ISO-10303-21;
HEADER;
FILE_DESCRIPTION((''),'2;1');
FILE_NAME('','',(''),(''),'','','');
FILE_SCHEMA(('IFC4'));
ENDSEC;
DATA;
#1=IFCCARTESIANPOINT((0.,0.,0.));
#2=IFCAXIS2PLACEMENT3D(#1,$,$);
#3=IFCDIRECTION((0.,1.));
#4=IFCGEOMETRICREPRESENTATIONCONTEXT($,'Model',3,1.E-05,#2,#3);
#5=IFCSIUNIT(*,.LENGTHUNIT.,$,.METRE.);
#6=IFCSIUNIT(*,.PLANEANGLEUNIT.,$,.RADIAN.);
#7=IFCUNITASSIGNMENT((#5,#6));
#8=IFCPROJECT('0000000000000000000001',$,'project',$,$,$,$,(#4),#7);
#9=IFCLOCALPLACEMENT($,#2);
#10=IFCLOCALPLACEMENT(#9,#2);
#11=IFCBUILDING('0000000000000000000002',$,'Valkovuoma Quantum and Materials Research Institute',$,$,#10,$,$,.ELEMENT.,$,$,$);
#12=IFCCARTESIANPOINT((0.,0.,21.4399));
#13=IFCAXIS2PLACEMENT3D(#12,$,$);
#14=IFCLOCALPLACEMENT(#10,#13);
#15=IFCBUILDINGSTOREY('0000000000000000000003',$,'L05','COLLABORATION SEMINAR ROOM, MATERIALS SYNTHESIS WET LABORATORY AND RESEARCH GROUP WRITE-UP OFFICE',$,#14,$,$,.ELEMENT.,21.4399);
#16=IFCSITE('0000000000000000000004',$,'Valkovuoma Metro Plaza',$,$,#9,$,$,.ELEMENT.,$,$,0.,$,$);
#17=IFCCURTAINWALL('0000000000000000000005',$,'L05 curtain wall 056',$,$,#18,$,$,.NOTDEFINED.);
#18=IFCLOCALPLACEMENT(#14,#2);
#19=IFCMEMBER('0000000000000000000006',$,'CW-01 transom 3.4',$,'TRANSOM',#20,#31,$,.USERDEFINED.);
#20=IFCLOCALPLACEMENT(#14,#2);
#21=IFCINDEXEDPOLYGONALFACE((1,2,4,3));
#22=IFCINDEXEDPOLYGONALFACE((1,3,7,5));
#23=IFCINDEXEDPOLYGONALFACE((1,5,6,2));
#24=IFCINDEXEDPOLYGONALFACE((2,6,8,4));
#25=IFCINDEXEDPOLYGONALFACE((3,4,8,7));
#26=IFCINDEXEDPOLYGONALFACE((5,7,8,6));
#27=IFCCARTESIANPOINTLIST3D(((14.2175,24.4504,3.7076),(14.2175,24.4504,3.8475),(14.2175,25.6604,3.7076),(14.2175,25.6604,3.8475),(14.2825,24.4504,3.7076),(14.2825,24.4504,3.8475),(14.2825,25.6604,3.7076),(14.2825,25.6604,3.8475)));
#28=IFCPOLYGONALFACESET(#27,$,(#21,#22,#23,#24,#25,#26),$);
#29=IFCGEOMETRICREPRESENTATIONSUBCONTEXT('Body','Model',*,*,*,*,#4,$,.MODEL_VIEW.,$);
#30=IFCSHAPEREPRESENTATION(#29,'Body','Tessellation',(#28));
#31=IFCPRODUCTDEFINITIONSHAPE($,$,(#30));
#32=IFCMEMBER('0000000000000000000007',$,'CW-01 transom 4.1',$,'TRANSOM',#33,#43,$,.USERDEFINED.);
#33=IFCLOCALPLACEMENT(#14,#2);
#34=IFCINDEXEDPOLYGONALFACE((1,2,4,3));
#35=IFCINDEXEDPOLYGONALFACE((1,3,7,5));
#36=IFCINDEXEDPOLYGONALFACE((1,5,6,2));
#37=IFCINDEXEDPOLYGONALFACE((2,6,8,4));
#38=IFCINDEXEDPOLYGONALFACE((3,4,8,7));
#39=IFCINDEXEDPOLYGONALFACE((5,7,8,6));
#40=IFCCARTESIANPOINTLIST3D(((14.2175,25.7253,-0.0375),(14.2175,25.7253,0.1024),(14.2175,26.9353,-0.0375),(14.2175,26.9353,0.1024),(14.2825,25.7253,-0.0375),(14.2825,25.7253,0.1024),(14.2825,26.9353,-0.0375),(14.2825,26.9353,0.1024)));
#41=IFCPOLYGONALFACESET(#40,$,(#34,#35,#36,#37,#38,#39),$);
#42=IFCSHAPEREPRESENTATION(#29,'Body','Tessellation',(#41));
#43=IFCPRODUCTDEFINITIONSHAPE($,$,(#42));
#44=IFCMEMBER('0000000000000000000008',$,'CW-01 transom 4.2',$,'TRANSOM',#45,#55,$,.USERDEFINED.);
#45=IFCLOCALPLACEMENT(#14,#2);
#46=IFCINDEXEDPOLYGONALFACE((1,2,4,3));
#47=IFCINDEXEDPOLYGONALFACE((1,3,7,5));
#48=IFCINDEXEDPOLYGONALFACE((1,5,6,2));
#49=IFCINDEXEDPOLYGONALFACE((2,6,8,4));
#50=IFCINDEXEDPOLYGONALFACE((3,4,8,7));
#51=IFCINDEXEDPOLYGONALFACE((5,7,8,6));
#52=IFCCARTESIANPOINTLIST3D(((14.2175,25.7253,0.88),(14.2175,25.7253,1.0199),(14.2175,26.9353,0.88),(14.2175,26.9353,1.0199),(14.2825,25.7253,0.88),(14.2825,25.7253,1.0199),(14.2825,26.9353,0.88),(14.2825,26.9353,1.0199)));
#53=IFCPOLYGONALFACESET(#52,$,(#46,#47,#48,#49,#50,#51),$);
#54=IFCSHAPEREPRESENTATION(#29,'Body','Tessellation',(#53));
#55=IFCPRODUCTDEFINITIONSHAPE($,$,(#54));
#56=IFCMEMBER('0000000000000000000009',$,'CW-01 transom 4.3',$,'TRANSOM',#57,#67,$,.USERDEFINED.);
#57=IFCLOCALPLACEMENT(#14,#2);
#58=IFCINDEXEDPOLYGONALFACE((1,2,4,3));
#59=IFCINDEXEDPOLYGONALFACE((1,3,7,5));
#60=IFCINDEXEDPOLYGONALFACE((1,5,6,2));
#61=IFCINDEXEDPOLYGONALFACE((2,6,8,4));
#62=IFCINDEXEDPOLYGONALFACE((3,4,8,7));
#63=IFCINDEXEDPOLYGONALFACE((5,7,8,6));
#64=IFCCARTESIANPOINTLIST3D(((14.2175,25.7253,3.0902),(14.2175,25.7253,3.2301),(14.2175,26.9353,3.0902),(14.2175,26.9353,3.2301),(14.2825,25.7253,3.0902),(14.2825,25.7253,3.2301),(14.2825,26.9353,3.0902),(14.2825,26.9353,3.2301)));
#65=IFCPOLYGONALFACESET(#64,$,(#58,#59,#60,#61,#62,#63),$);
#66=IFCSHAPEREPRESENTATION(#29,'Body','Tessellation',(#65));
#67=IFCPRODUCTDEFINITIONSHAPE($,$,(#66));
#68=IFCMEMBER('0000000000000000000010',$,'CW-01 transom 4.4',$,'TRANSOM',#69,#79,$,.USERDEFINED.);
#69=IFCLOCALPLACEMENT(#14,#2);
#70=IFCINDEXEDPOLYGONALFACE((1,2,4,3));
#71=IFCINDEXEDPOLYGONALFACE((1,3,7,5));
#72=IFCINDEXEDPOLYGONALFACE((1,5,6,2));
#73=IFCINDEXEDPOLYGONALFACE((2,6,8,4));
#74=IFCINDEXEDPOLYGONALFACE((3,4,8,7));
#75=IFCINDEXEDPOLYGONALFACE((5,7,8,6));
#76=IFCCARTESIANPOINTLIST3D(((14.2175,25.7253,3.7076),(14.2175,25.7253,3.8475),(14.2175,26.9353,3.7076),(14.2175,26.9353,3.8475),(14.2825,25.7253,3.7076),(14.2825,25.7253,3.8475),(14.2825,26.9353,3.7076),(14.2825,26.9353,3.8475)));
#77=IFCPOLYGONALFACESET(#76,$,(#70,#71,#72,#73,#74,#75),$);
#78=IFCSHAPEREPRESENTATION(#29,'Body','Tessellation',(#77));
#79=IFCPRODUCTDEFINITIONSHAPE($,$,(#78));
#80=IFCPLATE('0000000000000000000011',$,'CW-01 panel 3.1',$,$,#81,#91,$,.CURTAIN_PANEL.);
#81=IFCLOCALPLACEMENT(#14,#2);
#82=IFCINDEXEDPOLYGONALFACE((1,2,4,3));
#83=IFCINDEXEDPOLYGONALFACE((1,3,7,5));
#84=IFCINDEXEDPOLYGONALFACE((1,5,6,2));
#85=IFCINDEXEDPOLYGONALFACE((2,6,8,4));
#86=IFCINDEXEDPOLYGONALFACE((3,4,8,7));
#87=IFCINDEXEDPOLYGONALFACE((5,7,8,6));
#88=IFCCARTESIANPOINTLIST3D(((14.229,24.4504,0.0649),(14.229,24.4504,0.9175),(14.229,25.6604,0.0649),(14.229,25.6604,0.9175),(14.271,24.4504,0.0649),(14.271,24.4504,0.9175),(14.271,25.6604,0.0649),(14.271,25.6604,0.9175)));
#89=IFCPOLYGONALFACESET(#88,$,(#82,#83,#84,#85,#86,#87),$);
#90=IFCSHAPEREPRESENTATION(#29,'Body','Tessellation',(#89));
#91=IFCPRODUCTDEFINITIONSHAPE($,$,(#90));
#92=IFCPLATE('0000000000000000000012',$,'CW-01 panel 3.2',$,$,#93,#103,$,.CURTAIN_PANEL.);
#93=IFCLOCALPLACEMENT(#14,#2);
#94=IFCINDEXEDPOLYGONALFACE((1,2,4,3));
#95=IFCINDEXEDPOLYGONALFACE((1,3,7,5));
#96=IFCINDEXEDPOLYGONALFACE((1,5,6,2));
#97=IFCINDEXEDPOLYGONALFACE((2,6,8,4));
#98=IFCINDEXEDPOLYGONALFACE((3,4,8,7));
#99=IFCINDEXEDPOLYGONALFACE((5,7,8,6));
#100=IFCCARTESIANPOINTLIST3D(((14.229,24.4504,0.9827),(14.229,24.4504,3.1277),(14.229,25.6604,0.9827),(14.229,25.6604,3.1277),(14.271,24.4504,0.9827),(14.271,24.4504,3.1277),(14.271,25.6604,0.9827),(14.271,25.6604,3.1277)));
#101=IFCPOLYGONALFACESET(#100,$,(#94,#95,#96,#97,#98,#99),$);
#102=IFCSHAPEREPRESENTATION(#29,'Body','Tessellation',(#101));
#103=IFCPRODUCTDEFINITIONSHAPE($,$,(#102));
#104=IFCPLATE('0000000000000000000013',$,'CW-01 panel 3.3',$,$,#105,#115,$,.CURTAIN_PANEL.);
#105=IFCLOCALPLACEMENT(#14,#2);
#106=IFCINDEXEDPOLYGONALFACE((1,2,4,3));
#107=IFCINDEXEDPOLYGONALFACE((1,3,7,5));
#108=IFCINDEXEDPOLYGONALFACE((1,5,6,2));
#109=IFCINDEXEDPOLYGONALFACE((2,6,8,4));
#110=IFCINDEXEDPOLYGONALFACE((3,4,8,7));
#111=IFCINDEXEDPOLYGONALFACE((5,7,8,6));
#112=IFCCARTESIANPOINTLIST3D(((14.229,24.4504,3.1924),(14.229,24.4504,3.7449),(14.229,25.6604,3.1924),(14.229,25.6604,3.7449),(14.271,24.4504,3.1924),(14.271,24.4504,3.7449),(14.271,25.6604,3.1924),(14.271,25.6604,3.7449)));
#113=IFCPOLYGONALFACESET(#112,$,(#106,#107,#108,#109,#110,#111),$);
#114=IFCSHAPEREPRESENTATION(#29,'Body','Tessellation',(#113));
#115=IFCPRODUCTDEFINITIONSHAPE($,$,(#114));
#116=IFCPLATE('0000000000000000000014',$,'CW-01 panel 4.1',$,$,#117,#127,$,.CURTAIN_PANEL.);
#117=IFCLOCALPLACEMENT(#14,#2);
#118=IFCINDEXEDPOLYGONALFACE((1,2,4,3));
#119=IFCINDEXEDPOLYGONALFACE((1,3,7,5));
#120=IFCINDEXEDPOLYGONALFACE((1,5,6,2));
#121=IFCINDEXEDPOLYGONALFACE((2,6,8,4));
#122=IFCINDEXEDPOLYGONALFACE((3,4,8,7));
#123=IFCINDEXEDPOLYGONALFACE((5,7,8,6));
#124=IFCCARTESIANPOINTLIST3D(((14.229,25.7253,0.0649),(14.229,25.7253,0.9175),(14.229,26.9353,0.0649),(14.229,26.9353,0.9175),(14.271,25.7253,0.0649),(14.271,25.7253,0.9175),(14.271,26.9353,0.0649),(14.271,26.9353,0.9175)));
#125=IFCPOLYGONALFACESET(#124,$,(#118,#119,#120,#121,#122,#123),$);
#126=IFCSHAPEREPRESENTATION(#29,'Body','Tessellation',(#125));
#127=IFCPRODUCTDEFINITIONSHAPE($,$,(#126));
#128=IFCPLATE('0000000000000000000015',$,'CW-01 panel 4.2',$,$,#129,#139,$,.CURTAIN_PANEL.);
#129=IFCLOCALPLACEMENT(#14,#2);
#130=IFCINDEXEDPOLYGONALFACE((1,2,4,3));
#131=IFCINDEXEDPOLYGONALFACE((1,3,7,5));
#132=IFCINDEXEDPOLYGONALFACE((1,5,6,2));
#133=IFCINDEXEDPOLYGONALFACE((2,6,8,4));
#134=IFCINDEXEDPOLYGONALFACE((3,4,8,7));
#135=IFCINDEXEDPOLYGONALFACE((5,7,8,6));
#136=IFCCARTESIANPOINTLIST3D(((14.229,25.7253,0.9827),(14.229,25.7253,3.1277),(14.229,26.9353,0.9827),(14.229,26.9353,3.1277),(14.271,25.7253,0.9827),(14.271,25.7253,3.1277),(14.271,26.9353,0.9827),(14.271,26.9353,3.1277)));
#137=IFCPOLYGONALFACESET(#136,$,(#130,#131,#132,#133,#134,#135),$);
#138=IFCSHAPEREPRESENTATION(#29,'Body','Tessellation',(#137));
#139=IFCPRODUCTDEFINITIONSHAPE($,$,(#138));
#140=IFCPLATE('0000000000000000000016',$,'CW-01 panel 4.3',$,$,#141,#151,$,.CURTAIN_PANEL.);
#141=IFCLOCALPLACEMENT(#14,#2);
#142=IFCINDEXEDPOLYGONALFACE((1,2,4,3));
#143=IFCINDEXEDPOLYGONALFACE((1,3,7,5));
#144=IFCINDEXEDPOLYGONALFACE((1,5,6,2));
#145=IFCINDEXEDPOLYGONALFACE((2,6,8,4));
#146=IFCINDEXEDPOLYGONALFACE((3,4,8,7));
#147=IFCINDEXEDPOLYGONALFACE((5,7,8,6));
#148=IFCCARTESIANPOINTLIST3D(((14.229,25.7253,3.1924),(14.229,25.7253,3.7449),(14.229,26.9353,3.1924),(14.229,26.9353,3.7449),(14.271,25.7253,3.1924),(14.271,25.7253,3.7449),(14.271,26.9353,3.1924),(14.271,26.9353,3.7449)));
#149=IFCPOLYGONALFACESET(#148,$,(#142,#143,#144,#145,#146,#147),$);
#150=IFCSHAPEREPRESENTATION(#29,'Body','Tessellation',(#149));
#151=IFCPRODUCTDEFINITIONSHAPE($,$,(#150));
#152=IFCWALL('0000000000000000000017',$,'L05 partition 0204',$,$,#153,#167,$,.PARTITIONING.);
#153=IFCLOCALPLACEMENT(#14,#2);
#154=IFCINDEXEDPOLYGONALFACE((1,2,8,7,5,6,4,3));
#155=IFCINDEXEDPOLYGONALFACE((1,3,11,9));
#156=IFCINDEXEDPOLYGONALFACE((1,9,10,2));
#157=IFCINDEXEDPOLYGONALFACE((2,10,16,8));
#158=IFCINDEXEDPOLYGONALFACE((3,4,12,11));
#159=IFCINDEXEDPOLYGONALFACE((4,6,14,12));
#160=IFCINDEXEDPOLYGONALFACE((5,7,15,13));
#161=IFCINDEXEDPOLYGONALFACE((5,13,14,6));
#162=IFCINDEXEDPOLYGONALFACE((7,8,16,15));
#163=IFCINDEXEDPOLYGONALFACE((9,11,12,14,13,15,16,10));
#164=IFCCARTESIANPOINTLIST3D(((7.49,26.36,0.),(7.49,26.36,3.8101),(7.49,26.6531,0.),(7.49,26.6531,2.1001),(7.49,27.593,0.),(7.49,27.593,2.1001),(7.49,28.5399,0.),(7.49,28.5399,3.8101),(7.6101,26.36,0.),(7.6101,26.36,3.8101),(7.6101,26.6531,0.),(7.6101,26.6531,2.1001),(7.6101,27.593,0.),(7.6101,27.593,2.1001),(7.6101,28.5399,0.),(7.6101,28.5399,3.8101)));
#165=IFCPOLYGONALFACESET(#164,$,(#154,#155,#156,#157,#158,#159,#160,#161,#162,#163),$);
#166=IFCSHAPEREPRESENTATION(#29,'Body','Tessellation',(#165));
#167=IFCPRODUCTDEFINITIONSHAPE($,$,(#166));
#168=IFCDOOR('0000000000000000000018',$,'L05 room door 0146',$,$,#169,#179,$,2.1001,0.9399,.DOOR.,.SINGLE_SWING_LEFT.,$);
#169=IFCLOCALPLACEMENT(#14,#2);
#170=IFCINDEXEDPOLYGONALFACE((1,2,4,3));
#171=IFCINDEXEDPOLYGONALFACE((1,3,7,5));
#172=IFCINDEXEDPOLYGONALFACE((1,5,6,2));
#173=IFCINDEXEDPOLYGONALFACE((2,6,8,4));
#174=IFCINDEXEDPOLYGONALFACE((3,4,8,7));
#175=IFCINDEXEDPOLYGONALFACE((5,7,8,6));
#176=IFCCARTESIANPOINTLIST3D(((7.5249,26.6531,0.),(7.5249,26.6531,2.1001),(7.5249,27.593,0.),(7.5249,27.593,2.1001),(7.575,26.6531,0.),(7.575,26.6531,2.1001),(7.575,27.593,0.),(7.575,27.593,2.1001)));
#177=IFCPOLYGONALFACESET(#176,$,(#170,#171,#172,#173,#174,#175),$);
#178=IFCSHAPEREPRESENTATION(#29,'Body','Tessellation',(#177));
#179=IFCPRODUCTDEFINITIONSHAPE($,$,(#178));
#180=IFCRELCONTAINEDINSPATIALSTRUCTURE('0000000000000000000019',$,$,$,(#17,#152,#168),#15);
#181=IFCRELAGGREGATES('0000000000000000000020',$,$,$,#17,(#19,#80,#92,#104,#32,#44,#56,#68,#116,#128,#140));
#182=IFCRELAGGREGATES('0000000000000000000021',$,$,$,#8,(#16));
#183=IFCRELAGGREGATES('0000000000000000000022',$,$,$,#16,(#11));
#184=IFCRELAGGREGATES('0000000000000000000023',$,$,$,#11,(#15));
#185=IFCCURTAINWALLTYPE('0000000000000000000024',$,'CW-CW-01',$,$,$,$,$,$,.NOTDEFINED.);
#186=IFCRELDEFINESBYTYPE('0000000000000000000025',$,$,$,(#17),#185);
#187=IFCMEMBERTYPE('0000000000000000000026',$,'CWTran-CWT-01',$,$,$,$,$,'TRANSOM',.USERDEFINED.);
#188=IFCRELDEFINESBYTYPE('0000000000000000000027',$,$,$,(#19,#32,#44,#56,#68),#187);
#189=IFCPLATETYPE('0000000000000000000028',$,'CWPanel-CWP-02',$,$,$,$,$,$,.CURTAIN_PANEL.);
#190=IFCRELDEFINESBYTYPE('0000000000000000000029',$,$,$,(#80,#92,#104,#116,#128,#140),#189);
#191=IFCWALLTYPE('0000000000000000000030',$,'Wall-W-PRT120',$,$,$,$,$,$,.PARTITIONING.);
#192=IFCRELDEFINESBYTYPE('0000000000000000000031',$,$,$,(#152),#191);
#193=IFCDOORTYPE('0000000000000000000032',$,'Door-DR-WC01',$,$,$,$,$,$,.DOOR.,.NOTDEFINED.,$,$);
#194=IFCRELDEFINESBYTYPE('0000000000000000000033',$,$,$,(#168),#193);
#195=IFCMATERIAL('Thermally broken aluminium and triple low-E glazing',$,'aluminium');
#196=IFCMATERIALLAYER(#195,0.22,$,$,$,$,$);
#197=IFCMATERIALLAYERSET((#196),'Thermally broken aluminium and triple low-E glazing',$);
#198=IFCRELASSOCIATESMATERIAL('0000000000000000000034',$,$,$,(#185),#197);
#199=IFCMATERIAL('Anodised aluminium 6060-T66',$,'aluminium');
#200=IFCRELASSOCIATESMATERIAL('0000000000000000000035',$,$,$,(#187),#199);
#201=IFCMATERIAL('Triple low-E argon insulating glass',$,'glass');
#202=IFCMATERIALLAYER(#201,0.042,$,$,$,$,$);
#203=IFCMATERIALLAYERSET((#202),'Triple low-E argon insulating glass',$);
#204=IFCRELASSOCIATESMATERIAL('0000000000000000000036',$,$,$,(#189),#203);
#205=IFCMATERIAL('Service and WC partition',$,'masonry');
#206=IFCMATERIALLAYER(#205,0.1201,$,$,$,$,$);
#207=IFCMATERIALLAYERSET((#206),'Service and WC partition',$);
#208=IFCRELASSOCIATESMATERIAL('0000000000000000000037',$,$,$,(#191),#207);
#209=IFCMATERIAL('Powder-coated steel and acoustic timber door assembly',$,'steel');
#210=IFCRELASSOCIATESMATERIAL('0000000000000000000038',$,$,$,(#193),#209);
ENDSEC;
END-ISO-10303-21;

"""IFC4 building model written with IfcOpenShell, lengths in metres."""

from ifc_helpers import new_model, si_unit, direction, frame, frame_2d, origin, origin_2d, place, context, subcontext, project, spatial, rectangle, extrude, material, layer, layer_set, material_profile, profile_set, type_object, element, fill, aggregate, save


model = new_model("IFC4")

# Units and contexts
model_context = context("Model", 3, precision=1e-05, world=origin(), true_north=direction((0.0, 1.0)))
body_context = subcontext(model_context, "Body", "Model", "MODEL_VIEW")
ifc_project = project(units=[si_unit("LENGTHUNIT", "METRE"), si_unit("PLANEANGLEUNIT", "RADIAN")], contexts=[model_context])

# Site, building, storey
site_placement = place(None, origin())
site = spatial("IfcSite", under=ifc_project, at=site_placement, Name="Valkovuoma Metro Plaza", CompositionType="ELEMENT", RefElevation=0.0)
building_placement = place(site_placement, origin())
building = spatial("IfcBuilding", under=site, at=building_placement, Name="Valkovuoma Quantum and Materials Research Institute", CompositionType="ELEMENT")
storey_placement = place(building_placement, frame((0.0, 0.0, 21.4399)))
storey = spatial("IfcBuildingStorey", under=building, at=storey_placement, Name="L05", Description="COLLABORATION SEMINAR ROOM, MATERIALS SYNTHESIS WET LABORATORY AND RESEARCH GROUP WRITE-UP OFFICE", CompositionType="ELEMENT", Elevation=21.4399)

# Curtain wall, members, plates
ifc_material_1 = material(Name="Thermally broken aluminium and triple low-E glazing", Category="aluminium")
ifc_layer_1 = layer(ifc_material_1, 0.22)
ifc_layer_set_1 = layer_set([ifc_layer_1], Name="Thermally broken aluminium and triple low-E glazing")
curtain_wall_type = type_object("IfcCurtainWallType", Name="CW-CW-01", PredefinedType="NOTDEFINED", material=ifc_layer_set_1)
curtain_wall_placement = place(storey_placement, origin())
curtain_wall = element("IfcCurtainWall", 1, at=curtain_wall_placement, inside=storey, type_object=curtain_wall_type, Name="L05 curtain wall 056", PredefinedType="NOTDEFINED")
ifc_material_2 = material(Name="Anodised aluminium 6060-T66", Category="aluminium")
ifc_material_profile_1 = material_profile(ifc_material_2, rectangle(XDim=0.0649, YDim=0.1399, at=origin_2d()), Name="Anodised aluminium 6060-T66")
ifc_profile_set_1 = profile_set([ifc_material_profile_1], Name="Anodised aluminium 6060-T66")
member_type_1 = type_object("IfcMemberType", Name="CWTran-CWT-01", ElementType="TRANSOM", PredefinedType="USERDEFINED", material=ifc_profile_set_1)
member_1_placement = place(storey_placement, frame((14.25, 24.4504, 3.7776), z_axis=(0.0, 1.0, 0.0), x_axis=(-1.0, 0.0, 0.0)))
member_1 = element("IfcMember", 2, at=member_1_placement, type_object=member_type_1, Name="CW-01 transom 3.4", ObjectType="TRANSOM", PredefinedType="USERDEFINED", context=body_context, shape_type="SweptSolid", body=[
    extrude(rectangle(XDim=0.0649, YDim=0.1399, at=origin_2d()), origin(), (0.0, 0.0, 1.0), 1.21),
])
member_2_placement = place(storey_placement, frame((14.25, 25.7253, 0.0325), z_axis=(0.0, 1.0, 0.0), x_axis=(-1.0, 0.0, 0.0)))
member_2 = element("IfcMember", 3, at=member_2_placement, type_object=member_type_1, Name="CW-01 transom 4.1", ObjectType="TRANSOM", PredefinedType="USERDEFINED", context=body_context, shape_type="SweptSolid", body=[
    extrude(rectangle(XDim=0.0649, YDim=0.1399, at=origin_2d()), origin(), (0.0, 0.0, 1.0), 1.21),
])
member_3_placement = place(storey_placement, frame((14.25, 25.7253, 0.95), z_axis=(0.0, 1.0, 0.0), x_axis=(-1.0, 0.0, 0.0)))
member_3 = element("IfcMember", 4, at=member_3_placement, type_object=member_type_1, Name="CW-01 transom 4.2", ObjectType="TRANSOM", PredefinedType="USERDEFINED", context=body_context, shape_type="SweptSolid", body=[
    extrude(rectangle(XDim=0.0649, YDim=0.1399, at=origin_2d()), origin(), (0.0, 0.0, 1.0), 1.21),
])
member_4_placement = place(storey_placement, frame((14.25, 25.7253, 3.1602), z_axis=(0.0, 1.0, 0.0), x_axis=(-1.0, 0.0, 0.0)))
member_4 = element("IfcMember", 5, at=member_4_placement, type_object=member_type_1, Name="CW-01 transom 4.3", ObjectType="TRANSOM", PredefinedType="USERDEFINED", context=body_context, shape_type="SweptSolid", body=[
    extrude(rectangle(XDim=0.0649, YDim=0.1399, at=origin_2d()), origin(), (0.0, 0.0, 1.0), 1.21),
])
member_5_placement = place(storey_placement, frame((14.25, 25.7253, 3.7776), z_axis=(0.0, 1.0, 0.0), x_axis=(-1.0, 0.0, 0.0)))
member_5 = element("IfcMember", 6, at=member_5_placement, type_object=member_type_1, Name="CW-01 transom 4.4", ObjectType="TRANSOM", PredefinedType="USERDEFINED", context=body_context, shape_type="SweptSolid", body=[
    extrude(rectangle(XDim=0.0649, YDim=0.1399, at=origin_2d()), origin(), (0.0, 0.0, 1.0), 1.21),
])
ifc_material_3 = material(Name="Triple low-E argon insulating glass", Category="glass")
ifc_layer_2 = layer(ifc_material_3, 0.042)
ifc_layer_set_2 = layer_set([ifc_layer_2], Name="Triple low-E argon insulating glass")
plate_type = type_object("IfcPlateType", Name="CWPanel-CWP-02", PredefinedType="CURTAIN_PANEL", material=ifc_layer_set_2)
plate_1_placement = place(storey_placement, frame((14.25, 25.0554, 0.0649), z_axis=(0.0, 0.0, 1.0), x_axis=(0.0, 1.0, 0.0)))
plate_1 = element("IfcPlate", 7, at=plate_1_placement, type_object=plate_type, Name="CW-01 panel 3.1", PredefinedType="CURTAIN_PANEL", context=body_context, shape_type="SweptSolid", body=[
    extrude(rectangle(XDim=1.21, YDim=0.042, at=origin_2d()), origin(), (0.0, 0.0, 1.0), 0.8525),
])
plate_2_placement = place(storey_placement, frame((14.25, 25.0554, 0.9827), z_axis=(0.0, 0.0, 1.0), x_axis=(0.0, 1.0, 0.0)))
plate_2 = element("IfcPlate", 8, at=plate_2_placement, type_object=plate_type, Name="CW-01 panel 3.2", PredefinedType="CURTAIN_PANEL", context=body_context, shape_type="SweptSolid", body=[
    extrude(rectangle(XDim=1.21, YDim=0.042, at=origin_2d()), origin(), (0.0, 0.0, 1.0), 2.145),
])
plate_3_placement = place(storey_placement, frame((14.25, 25.0554, 3.1924), z_axis=(0.0, 0.0, 1.0), x_axis=(0.0, 1.0, 0.0)))
plate_3 = element("IfcPlate", 9, at=plate_3_placement, type_object=plate_type, Name="CW-01 panel 3.3", PredefinedType="CURTAIN_PANEL", context=body_context, shape_type="SweptSolid", body=[
    extrude(rectangle(XDim=1.21, YDim=0.042, at=origin_2d()), origin(), (0.0, 0.0, 1.0), 0.5525),
])
plate_4_placement = place(storey_placement, frame((14.25, 26.3303, 0.0649), z_axis=(0.0, 0.0, 1.0), x_axis=(0.0, 1.0, 0.0)))
plate_4 = element("IfcPlate", 10, at=plate_4_placement, type_object=plate_type, Name="CW-01 panel 4.1", PredefinedType="CURTAIN_PANEL", context=body_context, shape_type="SweptSolid", body=[
    extrude(rectangle(XDim=1.21, YDim=0.042, at=origin_2d()), origin(), (0.0, 0.0, 1.0), 0.8525),
])
plate_5_placement = place(storey_placement, frame((14.25, 26.3303, 0.9827), z_axis=(0.0, 0.0, 1.0), x_axis=(0.0, 1.0, 0.0)))
plate_5 = element("IfcPlate", 11, at=plate_5_placement, type_object=plate_type, Name="CW-01 panel 4.2", PredefinedType="CURTAIN_PANEL", context=body_context, shape_type="SweptSolid", body=[
    extrude(rectangle(XDim=1.21, YDim=0.042, at=origin_2d()), origin(), (0.0, 0.0, 1.0), 2.145),
])
plate_6_placement = place(storey_placement, frame((14.25, 26.3303, 3.1924), z_axis=(0.0, 0.0, 1.0), x_axis=(0.0, 1.0, 0.0)))
plate_6 = element("IfcPlate", 12, at=plate_6_placement, type_object=plate_type, Name="CW-01 panel 4.3", PredefinedType="CURTAIN_PANEL", context=body_context, shape_type="SweptSolid", body=[
    extrude(rectangle(XDim=1.21, YDim=0.042, at=origin_2d()), origin(), (0.0, 0.0, 1.0), 0.5525),
])
aggregate(curtain_wall, [member_1, plate_1, plate_2, plate_3, member_2, member_3, member_4, member_5, plate_4, plate_5, plate_6])

# Wall, opening, door
ifc_material_4 = material(Name="Service and WC partition", Category="masonry")
ifc_layer_3 = layer(ifc_material_4, 0.1201)
ifc_layer_set_3 = layer_set([ifc_layer_3], Name="Service and WC partition")
wall_type_1 = type_object("IfcWallType", Name="Wall-W-PRT120", PredefinedType="PARTITIONING", material=ifc_layer_set_3)
wall_1_placement = place(storey_placement, frame((7.55, 26.3601, 0.0), z_axis=(0.0, 0.0, 1.0), x_axis=(0.0, 1.0, 0.0)))
wall_1 = element("IfcWall", 13, at=wall_1_placement, inside=storey, type_object=wall_type_1, Name="L05 partition 0204", PredefinedType="PARTITIONING", context=body_context, shape_type="SweptSolid", body=[
    extrude(rectangle(XDim=2.1799, YDim=0.1201, at=frame_2d((1.0898, 0.0))), origin(), (0.0, 0.0, 1.0), 3.8101),
])
opening_1_placement = place(wall_1_placement, frame((0.293, 0.0, 0.0)))
opening_1 = element("IfcOpeningElement", 14, at=opening_1_placement, cuts=wall_1, PredefinedType="OPENING", context=body_context, shape_type="SweptSolid", body=[
    extrude(rectangle(XDim=0.9399, YDim=2.1001, at=frame_2d((0.47, 1.05))), frame((0.0, 0.0701, 0.0), z_axis=(0.0, -1.0, 0.0), x_axis=(1.0, 0.0, 0.0)), (0.0, 0.0, 1.0), 0.1401),
])
ifc_material_5 = material(Name="Powder-coated steel and acoustic timber door assembly", Category="steel")
door_type_1 = type_object("IfcDoorType", Name="Door-DR-WC01", OperationType="NOTDEFINED", PredefinedType="DOOR", material=ifc_material_5)
door_1_placement = place(opening_1_placement, frame((0.9399, 0.0, 0.0), z_axis=(0.0, 0.0, 1.0), x_axis=(-1.0, 0.0, 0.0)))
door_1 = element("IfcDoor", 15, at=door_1_placement, inside=storey, type_object=door_type_1, Name="L05 room door 0146", OperationType="SINGLE_SWING_LEFT", OverallHeight=2.1001, OverallWidth=0.9399, PredefinedType="DOOR", context=body_context, shape_type="SweptSolid", body=[
    extrude(rectangle(XDim=0.9399, YDim=2.1001, at=frame_2d((0.47, 1.05))), frame((0.0, 0.0249, 0.0), z_axis=(0.0, -1.0, 0.0), x_axis=(1.0, 0.0, 0.0)), (0.0, 0.0, 1.0), 0.05),
])
fill(opening_1, door_1)

save(model, "model.ifc")
